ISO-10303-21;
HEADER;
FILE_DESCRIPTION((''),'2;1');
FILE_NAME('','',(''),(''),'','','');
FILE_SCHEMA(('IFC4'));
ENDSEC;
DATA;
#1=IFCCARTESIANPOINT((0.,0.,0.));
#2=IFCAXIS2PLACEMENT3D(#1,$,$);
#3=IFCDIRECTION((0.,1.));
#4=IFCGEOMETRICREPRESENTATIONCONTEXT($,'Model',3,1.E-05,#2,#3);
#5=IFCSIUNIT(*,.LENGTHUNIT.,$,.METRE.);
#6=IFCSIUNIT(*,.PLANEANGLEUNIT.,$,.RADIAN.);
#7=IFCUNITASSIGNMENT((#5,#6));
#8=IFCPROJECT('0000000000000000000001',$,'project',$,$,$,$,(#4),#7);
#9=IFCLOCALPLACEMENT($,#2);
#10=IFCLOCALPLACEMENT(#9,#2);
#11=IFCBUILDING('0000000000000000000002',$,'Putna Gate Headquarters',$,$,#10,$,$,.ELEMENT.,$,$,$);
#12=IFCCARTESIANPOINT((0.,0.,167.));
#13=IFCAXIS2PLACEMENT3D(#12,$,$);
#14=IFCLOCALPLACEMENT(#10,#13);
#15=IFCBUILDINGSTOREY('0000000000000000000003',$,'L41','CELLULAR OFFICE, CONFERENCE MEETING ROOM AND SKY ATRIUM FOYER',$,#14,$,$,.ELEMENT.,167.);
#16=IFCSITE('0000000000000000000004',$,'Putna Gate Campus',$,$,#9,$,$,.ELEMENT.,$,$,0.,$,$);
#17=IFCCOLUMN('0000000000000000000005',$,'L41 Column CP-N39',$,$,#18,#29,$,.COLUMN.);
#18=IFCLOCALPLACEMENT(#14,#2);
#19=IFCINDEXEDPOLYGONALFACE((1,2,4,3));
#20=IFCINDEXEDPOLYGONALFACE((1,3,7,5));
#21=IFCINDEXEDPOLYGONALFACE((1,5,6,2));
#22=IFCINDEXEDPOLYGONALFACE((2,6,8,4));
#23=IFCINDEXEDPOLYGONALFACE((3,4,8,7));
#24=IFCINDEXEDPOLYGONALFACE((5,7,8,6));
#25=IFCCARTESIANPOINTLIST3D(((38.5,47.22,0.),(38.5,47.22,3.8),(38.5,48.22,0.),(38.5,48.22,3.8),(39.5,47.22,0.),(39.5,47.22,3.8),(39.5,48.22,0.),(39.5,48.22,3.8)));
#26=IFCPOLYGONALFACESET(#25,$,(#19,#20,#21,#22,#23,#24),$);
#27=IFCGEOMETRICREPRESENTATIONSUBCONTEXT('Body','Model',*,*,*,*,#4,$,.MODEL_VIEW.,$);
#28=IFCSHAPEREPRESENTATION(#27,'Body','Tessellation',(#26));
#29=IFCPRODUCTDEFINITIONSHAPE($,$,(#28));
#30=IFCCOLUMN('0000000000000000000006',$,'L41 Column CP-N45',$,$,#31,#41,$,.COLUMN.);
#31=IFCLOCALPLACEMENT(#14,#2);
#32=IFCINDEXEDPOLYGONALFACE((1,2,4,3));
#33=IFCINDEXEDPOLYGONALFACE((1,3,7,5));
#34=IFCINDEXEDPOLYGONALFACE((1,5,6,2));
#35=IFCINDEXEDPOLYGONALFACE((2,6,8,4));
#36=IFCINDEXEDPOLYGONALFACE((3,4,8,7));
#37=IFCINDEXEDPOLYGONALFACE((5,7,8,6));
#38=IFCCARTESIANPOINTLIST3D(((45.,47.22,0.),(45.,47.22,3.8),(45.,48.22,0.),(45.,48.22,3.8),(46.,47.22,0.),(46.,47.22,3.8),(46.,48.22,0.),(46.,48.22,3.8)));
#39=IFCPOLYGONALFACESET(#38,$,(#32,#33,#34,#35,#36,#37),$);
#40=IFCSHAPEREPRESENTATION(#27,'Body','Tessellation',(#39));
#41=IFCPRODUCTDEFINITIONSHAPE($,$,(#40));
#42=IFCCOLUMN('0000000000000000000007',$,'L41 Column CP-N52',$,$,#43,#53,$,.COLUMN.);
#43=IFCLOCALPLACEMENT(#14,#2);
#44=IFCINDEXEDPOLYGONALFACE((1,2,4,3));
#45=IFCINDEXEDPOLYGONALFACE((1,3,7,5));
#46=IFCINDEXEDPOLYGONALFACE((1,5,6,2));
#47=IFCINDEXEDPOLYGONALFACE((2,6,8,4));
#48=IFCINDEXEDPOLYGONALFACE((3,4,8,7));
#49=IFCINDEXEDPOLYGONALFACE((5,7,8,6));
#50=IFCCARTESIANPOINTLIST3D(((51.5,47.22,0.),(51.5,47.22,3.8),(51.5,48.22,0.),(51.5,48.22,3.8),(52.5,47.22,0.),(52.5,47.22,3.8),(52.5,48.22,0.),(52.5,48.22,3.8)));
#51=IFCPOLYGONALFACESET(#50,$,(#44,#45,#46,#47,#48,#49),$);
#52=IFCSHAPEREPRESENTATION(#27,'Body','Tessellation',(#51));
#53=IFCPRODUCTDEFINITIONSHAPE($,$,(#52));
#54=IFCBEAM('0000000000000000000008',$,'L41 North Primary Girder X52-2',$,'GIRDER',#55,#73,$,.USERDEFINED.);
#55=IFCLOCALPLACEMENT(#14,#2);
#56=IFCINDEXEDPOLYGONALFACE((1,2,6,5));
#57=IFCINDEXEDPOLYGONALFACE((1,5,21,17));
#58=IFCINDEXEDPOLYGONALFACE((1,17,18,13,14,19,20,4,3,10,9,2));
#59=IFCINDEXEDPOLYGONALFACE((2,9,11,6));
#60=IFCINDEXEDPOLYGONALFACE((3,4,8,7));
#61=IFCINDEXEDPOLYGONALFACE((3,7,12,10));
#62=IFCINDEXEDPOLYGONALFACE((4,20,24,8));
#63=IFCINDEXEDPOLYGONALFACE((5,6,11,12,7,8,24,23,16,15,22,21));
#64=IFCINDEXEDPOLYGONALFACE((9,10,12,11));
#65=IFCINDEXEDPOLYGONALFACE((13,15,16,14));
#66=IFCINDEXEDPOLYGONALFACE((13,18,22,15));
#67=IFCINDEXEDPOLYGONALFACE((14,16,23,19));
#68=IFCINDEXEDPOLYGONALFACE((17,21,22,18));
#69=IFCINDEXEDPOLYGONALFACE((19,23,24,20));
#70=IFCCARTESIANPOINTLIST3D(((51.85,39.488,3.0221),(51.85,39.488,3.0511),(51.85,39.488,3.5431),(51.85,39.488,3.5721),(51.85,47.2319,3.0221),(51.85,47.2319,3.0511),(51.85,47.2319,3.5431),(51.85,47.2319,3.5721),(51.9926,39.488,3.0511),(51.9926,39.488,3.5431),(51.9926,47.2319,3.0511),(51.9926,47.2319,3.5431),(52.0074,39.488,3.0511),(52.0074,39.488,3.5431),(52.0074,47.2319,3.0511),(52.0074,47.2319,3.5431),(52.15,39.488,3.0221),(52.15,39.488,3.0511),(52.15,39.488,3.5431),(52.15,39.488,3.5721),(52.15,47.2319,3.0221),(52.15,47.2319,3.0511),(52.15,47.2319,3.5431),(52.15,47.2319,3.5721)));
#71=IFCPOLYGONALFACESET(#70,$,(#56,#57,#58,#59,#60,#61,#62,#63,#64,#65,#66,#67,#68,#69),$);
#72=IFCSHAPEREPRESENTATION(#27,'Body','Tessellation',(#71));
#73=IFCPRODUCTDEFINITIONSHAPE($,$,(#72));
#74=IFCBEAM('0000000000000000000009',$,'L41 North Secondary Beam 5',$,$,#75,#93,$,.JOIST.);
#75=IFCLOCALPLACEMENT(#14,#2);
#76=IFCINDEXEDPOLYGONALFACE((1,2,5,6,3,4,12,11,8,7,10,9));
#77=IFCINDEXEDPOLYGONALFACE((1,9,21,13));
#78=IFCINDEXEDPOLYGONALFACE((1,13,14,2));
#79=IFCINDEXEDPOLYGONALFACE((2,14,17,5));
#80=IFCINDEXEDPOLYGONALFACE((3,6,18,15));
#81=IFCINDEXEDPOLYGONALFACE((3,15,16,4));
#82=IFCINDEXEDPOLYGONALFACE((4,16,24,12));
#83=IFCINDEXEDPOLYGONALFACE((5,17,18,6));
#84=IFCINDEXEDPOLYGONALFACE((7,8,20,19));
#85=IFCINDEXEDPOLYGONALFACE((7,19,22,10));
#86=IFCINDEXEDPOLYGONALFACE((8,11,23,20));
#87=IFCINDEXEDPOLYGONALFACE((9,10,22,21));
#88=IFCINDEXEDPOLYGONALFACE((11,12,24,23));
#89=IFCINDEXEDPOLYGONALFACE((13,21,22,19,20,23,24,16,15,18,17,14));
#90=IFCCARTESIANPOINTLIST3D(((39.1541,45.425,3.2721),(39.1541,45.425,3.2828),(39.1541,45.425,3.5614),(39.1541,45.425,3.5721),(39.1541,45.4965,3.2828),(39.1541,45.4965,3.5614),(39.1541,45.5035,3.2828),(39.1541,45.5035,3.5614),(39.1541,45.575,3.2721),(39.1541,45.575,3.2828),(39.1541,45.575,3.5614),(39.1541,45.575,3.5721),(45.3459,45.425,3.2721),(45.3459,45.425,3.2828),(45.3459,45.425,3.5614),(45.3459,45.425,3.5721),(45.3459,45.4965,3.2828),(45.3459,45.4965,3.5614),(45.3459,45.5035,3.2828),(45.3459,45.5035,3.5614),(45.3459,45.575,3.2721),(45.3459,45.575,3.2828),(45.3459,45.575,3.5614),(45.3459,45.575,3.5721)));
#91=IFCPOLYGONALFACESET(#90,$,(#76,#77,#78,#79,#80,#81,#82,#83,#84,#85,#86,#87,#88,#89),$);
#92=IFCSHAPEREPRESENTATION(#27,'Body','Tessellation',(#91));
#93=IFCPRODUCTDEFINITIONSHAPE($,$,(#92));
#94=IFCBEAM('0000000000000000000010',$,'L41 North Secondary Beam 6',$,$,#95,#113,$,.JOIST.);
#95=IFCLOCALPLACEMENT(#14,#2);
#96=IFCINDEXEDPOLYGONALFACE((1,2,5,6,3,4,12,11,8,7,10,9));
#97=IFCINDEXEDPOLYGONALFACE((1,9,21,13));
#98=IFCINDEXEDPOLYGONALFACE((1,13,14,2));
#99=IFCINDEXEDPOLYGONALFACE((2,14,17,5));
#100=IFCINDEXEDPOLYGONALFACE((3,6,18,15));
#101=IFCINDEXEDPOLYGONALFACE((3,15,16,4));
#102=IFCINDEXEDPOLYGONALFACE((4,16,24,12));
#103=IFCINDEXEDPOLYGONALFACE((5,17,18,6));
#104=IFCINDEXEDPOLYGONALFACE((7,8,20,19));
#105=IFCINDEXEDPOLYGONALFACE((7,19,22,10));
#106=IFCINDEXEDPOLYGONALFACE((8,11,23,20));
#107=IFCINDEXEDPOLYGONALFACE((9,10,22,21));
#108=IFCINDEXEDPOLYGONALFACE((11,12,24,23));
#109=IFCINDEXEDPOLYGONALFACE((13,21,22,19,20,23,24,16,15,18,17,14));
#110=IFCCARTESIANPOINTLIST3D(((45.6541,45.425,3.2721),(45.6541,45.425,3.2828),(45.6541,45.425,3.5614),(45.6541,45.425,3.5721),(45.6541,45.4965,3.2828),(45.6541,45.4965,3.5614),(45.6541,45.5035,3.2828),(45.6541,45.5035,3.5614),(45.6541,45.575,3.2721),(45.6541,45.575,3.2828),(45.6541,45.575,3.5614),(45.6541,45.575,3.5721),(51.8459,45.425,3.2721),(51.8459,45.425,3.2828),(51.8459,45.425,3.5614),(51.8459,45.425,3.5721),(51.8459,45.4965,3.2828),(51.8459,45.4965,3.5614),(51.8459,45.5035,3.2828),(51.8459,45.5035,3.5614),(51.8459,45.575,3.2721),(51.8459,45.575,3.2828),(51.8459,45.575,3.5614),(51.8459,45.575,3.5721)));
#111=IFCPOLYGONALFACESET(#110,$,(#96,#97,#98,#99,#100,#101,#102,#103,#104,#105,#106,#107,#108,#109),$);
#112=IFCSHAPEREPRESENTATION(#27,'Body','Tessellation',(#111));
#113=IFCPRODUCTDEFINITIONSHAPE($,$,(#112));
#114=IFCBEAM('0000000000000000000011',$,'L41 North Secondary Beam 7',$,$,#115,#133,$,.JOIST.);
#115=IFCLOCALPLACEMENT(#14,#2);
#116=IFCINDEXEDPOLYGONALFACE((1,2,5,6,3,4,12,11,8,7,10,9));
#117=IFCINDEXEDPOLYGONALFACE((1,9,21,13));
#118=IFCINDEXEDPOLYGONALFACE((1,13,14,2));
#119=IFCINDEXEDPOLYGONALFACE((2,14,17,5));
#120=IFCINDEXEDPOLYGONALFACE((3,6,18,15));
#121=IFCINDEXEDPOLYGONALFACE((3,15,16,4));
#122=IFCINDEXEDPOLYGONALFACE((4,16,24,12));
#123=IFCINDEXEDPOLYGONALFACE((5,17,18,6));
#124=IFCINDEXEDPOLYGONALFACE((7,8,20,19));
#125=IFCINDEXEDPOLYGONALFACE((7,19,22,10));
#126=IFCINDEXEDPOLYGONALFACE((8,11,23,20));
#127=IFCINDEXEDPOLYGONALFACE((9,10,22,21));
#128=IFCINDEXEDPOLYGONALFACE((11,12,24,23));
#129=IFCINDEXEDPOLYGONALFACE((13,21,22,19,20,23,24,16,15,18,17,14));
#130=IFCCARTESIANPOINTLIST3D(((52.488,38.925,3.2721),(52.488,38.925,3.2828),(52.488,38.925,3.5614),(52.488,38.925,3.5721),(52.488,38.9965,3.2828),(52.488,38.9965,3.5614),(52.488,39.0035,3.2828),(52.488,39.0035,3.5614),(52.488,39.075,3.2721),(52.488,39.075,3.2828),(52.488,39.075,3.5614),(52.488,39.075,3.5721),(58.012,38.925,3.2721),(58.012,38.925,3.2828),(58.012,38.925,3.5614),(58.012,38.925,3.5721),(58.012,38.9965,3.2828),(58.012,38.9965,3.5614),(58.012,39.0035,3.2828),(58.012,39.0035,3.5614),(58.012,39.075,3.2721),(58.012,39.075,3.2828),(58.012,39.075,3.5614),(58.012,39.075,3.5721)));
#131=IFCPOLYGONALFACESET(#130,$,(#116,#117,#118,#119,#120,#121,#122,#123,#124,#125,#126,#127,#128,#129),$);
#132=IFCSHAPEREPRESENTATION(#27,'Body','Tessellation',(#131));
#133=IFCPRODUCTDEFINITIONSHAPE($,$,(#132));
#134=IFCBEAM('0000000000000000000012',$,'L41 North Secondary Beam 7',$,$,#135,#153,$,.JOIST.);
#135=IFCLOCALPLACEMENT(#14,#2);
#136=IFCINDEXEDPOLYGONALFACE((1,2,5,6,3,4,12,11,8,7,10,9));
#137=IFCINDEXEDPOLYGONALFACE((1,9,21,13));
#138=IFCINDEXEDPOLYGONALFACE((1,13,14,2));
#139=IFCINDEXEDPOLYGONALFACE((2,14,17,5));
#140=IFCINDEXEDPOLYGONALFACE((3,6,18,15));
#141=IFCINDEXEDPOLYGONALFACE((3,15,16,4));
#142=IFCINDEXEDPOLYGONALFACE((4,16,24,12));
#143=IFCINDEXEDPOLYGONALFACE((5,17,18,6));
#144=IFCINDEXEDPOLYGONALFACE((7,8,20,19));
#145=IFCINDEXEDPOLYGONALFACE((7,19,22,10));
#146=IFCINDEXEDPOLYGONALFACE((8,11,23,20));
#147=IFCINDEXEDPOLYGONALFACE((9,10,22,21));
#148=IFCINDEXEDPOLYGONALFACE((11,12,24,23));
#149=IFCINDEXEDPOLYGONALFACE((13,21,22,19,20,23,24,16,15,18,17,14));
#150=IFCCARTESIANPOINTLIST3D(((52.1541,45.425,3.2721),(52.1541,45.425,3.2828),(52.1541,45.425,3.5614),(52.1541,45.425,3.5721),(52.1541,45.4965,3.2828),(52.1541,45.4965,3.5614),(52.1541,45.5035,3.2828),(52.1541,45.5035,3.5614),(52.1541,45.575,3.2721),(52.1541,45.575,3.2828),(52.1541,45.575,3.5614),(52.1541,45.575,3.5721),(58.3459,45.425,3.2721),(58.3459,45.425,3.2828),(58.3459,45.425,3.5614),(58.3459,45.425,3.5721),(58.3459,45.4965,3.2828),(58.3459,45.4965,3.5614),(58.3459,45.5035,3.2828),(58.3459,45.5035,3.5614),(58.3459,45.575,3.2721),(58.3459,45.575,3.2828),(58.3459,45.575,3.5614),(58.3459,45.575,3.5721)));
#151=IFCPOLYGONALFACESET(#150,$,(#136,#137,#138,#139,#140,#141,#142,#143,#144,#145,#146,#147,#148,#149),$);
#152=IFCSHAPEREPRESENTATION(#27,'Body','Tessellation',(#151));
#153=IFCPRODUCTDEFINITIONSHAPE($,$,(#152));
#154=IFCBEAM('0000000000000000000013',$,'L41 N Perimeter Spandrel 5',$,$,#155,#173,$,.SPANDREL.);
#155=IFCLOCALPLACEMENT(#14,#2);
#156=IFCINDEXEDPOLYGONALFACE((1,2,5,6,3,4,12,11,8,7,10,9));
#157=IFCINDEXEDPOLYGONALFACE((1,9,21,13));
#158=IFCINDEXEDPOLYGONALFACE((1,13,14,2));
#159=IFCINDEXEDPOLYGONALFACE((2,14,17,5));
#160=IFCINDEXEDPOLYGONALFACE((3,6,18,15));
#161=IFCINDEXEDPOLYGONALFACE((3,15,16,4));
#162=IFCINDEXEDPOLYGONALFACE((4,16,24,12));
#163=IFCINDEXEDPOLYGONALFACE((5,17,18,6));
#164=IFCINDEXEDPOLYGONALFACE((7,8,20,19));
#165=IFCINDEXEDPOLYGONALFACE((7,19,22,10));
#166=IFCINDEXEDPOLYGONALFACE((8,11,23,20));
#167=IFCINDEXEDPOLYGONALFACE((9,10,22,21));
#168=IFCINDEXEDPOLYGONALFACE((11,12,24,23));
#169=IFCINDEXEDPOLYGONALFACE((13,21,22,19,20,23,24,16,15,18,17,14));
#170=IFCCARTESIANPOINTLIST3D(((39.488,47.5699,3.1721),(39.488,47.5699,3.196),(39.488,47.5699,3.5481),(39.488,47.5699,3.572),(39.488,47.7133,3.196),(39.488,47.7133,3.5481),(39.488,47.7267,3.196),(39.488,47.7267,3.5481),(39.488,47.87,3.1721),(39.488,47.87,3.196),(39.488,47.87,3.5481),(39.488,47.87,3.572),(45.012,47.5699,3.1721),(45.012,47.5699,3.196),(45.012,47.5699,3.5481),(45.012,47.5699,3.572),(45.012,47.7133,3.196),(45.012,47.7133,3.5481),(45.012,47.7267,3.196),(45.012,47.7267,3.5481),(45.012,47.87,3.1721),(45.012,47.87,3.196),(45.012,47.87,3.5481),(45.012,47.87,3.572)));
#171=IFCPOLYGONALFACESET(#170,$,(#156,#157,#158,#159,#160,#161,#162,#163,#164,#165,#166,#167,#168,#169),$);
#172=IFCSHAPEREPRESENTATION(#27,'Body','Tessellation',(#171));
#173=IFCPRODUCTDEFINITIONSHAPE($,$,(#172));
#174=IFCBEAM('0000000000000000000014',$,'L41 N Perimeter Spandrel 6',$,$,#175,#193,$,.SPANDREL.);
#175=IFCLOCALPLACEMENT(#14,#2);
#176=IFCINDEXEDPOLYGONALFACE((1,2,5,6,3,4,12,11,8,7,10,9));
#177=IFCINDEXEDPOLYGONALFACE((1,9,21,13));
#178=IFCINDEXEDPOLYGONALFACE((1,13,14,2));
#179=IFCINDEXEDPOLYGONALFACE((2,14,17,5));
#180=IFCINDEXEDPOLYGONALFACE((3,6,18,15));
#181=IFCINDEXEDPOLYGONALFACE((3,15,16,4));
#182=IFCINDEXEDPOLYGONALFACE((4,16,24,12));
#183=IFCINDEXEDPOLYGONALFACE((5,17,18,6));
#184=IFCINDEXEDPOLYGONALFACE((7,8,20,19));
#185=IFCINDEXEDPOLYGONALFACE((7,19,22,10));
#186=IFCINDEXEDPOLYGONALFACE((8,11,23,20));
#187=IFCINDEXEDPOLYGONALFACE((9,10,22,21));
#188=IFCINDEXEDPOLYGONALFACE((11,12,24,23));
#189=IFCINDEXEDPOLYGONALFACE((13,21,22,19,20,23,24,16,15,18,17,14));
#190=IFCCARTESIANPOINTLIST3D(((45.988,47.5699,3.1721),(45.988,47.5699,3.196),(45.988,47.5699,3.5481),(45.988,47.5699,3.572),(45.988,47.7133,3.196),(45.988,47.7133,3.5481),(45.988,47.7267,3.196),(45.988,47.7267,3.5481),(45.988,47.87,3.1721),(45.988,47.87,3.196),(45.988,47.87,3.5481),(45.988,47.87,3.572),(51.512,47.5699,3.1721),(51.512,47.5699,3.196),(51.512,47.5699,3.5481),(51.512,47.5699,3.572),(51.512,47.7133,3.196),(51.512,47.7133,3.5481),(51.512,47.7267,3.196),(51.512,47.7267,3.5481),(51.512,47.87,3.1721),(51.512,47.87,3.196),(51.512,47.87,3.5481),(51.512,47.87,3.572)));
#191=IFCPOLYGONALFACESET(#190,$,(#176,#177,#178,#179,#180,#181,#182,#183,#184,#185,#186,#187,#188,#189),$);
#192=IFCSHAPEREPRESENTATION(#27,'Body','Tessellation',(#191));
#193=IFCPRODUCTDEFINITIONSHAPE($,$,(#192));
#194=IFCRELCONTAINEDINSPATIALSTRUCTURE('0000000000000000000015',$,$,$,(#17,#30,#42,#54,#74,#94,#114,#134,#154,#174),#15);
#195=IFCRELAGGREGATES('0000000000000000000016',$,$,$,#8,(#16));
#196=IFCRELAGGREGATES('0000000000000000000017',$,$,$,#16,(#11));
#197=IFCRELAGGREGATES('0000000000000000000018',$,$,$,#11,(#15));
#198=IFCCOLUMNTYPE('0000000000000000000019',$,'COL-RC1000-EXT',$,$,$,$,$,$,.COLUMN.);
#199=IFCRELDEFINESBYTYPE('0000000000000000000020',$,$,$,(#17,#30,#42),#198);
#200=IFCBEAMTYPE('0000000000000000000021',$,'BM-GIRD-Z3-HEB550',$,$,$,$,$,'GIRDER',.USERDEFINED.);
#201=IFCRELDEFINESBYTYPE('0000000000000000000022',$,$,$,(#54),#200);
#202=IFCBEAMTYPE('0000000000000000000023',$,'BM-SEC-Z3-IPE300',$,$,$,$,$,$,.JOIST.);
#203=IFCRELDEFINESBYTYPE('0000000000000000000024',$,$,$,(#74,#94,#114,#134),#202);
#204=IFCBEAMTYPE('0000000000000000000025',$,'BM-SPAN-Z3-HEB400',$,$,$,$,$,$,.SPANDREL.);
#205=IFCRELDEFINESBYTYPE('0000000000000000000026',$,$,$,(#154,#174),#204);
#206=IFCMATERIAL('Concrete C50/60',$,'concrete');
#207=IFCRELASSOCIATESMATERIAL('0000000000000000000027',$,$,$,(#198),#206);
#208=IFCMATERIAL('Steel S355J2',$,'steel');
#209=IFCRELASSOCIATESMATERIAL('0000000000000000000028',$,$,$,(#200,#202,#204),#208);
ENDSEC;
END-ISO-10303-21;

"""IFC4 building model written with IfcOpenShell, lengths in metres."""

from ifc_helpers import new_model, si_unit, direction, frame, origin, origin_2d, place, context, subcontext, project, spatial, rectangle, i_section, extrude, material, material_profile, profile_set, type_object, element, save


model = new_model("IFC4")

# Units and contexts
model_context = context("Model", 3, precision=1e-05, world=origin(), true_north=direction((0.0, 1.0)))
body_context = subcontext(model_context, "Body", "Model", "MODEL_VIEW")
ifc_project = project(units=[si_unit("LENGTHUNIT", "METRE"), si_unit("PLANEANGLEUNIT", "RADIAN")], contexts=[model_context])

# Site, building, storey
site_placement = place(None, origin())
site = spatial("IfcSite", under=ifc_project, at=site_placement, Name="Putna Gate Campus", CompositionType="ELEMENT", RefElevation=0.0)
building_placement = place(site_placement, origin())
building = spatial("IfcBuilding", under=site, at=building_placement, Name="Putna Gate Headquarters", CompositionType="ELEMENT")
storey_placement = place(building_placement, frame((0.0, 0.0, 167.0)))
storey = spatial("IfcBuildingStorey", under=building, at=storey_placement, Name="L41", Description="CELLULAR OFFICE, CONFERENCE MEETING ROOM AND SKY ATRIUM FOYER", CompositionType="ELEMENT", Elevation=167.0)

# Columns
ifc_material_1 = material(Name="Concrete C50/60", Category="concrete")
ifc_material_profile_1 = material_profile(ifc_material_1, rectangle(XDim=1.0, YDim=1.0, at=origin_2d()), Name="Concrete C50/60")
ifc_profile_set_1 = profile_set([ifc_material_profile_1], Name="Concrete C50/60")
column_type = type_object("IfcColumnType", Name="COL-RC1000-EXT", PredefinedType="COLUMN", material=ifc_profile_set_1)
for number, where, z_axis, x_axis, name in (
    (1, (39.0, 47.72, 0.0), (0.0, 0.0, 1.0), (1.0, 0.0, 0.0), "L41 Column CP-N39"),
    (2, (45.5, 47.72, 0.0), (0.0, 0.0, 1.0), (1.0, 0.0, 0.0), "L41 Column CP-N45"),
    (3, (52.0, 47.72, 0.0), (0.0, 0.0, 1.0), (1.0, 0.0, 0.0), "L41 Column CP-N52"),
):
    element("IfcColumn", number, at=place(storey_placement, frame(where, z_axis=z_axis, x_axis=x_axis)), inside=storey, type_object=column_type, Name=name, PredefinedType="COLUMN", context=body_context, shape_type="SweptSolid", body=[
        extrude(rectangle(XDim=1.0, YDim=1.0, at=origin_2d()), origin(), (0.0, 0.0, 1.0), 3.8),
    ])

# Beams
ifc_material_2 = material(Name="Steel S355J2", Category="steel")
ifc_material_profile_2 = material_profile(ifc_material_2, i_section(OverallWidth=0.3, OverallDepth=0.55, WebThickness=0.0149, FlangeThickness=0.0291, at=origin_2d()), Name="Steel S355J2")
ifc_profile_set_2 = profile_set([ifc_material_profile_2], Name="Steel S355J2")
beam_type_1 = type_object("IfcBeamType", Name="BM-GIRD-Z3-HEB550", ElementType="GIRDER", PredefinedType="USERDEFINED", material=ifc_profile_set_2)
beam_1_placement = place(storey_placement, frame((52.0, 39.488, 3.2971), z_axis=(0.0, 1.0, 0.0), x_axis=(-1.0, 0.0, 0.0)))
element("IfcBeam", 4, at=beam_1_placement, inside=storey, type_object=beam_type_1, Name="L41 North Primary Girder X52-2", ObjectType="GIRDER", PredefinedType="USERDEFINED", context=body_context, shape_type="SweptSolid", body=[
    extrude(i_section(OverallWidth=0.3, OverallDepth=0.55, WebThickness=0.0149, FlangeThickness=0.0291, at=origin_2d()), origin(), (0.0, 0.0, 1.0), 7.7439),
])
ifc_material_profile_3 = material_profile(ifc_material_2, i_section(OverallWidth=0.1499, OverallDepth=0.3, WebThickness=0.0071, FlangeThickness=0.0107, at=origin_2d()), Name="Steel S355J2")
ifc_profile_set_3 = profile_set([ifc_material_profile_3], Name="Steel S355J2")
beam_type_2 = type_object("IfcBeamType", Name="BM-SEC-Z3-IPE300", PredefinedType="JOIST", material=ifc_profile_set_3)
for number, where, z_axis, x_axis, name in (
    (5, (39.1541, 45.5, 3.4221), (1.0, 0.0, 0.0), (0.0, 1.0, 0.0), "L41 North Secondary Beam 5"),
    (6, (45.6541, 45.5, 3.4221), (1.0, 0.0, 0.0), (0.0, 1.0, 0.0), "L41 North Secondary Beam 6"),
):
    element("IfcBeam", number, at=place(storey_placement, frame(where, z_axis=z_axis, x_axis=x_axis)), inside=storey, type_object=beam_type_2, Name=name, PredefinedType="JOIST", context=body_context, shape_type="SweptSolid", body=[
        extrude(i_section(OverallWidth=0.1499, OverallDepth=0.3, WebThickness=0.0071, FlangeThickness=0.0107, at=origin_2d()), origin(), (0.0, 0.0, 1.0), 6.1919),
    ])
beam_2_placement = place(storey_placement, frame((52.488, 39.0, 3.4221), z_axis=(1.0, 0.0, 0.0), x_axis=(0.0, 1.0, 0.0)))
element("IfcBeam", 7, at=beam_2_placement, inside=storey, type_object=beam_type_2, Name="L41 North Secondary Beam 7", PredefinedType="JOIST", context=body_context, shape_type="SweptSolid", body=[
    extrude(i_section(OverallWidth=0.1499, OverallDepth=0.3, WebThickness=0.0071, FlangeThickness=0.0107, at=origin_2d()), origin(), (0.0, 0.0, 1.0), 5.5239),
])
beam_3_placement = place(storey_placement, frame((52.1541, 45.5, 3.4221), z_axis=(1.0, 0.0, 0.0), x_axis=(0.0, 1.0, 0.0)))
element("IfcBeam", 8, at=beam_3_placement, inside=storey, type_object=beam_type_2, Name="L41 North Secondary Beam 7", PredefinedType="JOIST", context=body_context, shape_type="SweptSolid", body=[
    extrude(i_section(OverallWidth=0.1499, OverallDepth=0.3, WebThickness=0.0071, FlangeThickness=0.0107, at=origin_2d()), origin(), (0.0, 0.0, 1.0), 6.1919),
])
ifc_material_profile_4 = material_profile(ifc_material_2, i_section(OverallWidth=0.3, OverallDepth=0.3999, WebThickness=0.0134, FlangeThickness=0.0239, at=origin_2d()), Name="Steel S355J2")
ifc_profile_set_4 = profile_set([ifc_material_profile_4], Name="Steel S355J2")
beam_type_3 = type_object("IfcBeamType", Name="BM-SPAN-Z3-HEB400", PredefinedType="SPANDREL", material=ifc_profile_set_4)
for number, where, z_axis, x_axis, name in (
    (9, (39.488, 47.72, 3.3721), (1.0, 0.0, 0.0), (0.0, 1.0, 0.0), "L41 N Perimeter Spandrel 5"),
    (10, (45.988, 47.72, 3.3721), (1.0, 0.0, 0.0), (0.0, 1.0, 0.0), "L41 N Perimeter Spandrel 6"),
):
    element("IfcBeam", number, at=place(storey_placement, frame(where, z_axis=z_axis, x_axis=x_axis)), inside=storey, type_object=beam_type_3, Name=name, PredefinedType="SPANDREL", context=body_context, shape_type="SweptSolid", body=[
        extrude(i_section(OverallWidth=0.3, OverallDepth=0.3999, WebThickness=0.0134, FlangeThickness=0.0239, at=origin_2d()), origin(), (0.0, 0.0, 1.0), 5.5239),
    ])

save(model, "model.ifc")
